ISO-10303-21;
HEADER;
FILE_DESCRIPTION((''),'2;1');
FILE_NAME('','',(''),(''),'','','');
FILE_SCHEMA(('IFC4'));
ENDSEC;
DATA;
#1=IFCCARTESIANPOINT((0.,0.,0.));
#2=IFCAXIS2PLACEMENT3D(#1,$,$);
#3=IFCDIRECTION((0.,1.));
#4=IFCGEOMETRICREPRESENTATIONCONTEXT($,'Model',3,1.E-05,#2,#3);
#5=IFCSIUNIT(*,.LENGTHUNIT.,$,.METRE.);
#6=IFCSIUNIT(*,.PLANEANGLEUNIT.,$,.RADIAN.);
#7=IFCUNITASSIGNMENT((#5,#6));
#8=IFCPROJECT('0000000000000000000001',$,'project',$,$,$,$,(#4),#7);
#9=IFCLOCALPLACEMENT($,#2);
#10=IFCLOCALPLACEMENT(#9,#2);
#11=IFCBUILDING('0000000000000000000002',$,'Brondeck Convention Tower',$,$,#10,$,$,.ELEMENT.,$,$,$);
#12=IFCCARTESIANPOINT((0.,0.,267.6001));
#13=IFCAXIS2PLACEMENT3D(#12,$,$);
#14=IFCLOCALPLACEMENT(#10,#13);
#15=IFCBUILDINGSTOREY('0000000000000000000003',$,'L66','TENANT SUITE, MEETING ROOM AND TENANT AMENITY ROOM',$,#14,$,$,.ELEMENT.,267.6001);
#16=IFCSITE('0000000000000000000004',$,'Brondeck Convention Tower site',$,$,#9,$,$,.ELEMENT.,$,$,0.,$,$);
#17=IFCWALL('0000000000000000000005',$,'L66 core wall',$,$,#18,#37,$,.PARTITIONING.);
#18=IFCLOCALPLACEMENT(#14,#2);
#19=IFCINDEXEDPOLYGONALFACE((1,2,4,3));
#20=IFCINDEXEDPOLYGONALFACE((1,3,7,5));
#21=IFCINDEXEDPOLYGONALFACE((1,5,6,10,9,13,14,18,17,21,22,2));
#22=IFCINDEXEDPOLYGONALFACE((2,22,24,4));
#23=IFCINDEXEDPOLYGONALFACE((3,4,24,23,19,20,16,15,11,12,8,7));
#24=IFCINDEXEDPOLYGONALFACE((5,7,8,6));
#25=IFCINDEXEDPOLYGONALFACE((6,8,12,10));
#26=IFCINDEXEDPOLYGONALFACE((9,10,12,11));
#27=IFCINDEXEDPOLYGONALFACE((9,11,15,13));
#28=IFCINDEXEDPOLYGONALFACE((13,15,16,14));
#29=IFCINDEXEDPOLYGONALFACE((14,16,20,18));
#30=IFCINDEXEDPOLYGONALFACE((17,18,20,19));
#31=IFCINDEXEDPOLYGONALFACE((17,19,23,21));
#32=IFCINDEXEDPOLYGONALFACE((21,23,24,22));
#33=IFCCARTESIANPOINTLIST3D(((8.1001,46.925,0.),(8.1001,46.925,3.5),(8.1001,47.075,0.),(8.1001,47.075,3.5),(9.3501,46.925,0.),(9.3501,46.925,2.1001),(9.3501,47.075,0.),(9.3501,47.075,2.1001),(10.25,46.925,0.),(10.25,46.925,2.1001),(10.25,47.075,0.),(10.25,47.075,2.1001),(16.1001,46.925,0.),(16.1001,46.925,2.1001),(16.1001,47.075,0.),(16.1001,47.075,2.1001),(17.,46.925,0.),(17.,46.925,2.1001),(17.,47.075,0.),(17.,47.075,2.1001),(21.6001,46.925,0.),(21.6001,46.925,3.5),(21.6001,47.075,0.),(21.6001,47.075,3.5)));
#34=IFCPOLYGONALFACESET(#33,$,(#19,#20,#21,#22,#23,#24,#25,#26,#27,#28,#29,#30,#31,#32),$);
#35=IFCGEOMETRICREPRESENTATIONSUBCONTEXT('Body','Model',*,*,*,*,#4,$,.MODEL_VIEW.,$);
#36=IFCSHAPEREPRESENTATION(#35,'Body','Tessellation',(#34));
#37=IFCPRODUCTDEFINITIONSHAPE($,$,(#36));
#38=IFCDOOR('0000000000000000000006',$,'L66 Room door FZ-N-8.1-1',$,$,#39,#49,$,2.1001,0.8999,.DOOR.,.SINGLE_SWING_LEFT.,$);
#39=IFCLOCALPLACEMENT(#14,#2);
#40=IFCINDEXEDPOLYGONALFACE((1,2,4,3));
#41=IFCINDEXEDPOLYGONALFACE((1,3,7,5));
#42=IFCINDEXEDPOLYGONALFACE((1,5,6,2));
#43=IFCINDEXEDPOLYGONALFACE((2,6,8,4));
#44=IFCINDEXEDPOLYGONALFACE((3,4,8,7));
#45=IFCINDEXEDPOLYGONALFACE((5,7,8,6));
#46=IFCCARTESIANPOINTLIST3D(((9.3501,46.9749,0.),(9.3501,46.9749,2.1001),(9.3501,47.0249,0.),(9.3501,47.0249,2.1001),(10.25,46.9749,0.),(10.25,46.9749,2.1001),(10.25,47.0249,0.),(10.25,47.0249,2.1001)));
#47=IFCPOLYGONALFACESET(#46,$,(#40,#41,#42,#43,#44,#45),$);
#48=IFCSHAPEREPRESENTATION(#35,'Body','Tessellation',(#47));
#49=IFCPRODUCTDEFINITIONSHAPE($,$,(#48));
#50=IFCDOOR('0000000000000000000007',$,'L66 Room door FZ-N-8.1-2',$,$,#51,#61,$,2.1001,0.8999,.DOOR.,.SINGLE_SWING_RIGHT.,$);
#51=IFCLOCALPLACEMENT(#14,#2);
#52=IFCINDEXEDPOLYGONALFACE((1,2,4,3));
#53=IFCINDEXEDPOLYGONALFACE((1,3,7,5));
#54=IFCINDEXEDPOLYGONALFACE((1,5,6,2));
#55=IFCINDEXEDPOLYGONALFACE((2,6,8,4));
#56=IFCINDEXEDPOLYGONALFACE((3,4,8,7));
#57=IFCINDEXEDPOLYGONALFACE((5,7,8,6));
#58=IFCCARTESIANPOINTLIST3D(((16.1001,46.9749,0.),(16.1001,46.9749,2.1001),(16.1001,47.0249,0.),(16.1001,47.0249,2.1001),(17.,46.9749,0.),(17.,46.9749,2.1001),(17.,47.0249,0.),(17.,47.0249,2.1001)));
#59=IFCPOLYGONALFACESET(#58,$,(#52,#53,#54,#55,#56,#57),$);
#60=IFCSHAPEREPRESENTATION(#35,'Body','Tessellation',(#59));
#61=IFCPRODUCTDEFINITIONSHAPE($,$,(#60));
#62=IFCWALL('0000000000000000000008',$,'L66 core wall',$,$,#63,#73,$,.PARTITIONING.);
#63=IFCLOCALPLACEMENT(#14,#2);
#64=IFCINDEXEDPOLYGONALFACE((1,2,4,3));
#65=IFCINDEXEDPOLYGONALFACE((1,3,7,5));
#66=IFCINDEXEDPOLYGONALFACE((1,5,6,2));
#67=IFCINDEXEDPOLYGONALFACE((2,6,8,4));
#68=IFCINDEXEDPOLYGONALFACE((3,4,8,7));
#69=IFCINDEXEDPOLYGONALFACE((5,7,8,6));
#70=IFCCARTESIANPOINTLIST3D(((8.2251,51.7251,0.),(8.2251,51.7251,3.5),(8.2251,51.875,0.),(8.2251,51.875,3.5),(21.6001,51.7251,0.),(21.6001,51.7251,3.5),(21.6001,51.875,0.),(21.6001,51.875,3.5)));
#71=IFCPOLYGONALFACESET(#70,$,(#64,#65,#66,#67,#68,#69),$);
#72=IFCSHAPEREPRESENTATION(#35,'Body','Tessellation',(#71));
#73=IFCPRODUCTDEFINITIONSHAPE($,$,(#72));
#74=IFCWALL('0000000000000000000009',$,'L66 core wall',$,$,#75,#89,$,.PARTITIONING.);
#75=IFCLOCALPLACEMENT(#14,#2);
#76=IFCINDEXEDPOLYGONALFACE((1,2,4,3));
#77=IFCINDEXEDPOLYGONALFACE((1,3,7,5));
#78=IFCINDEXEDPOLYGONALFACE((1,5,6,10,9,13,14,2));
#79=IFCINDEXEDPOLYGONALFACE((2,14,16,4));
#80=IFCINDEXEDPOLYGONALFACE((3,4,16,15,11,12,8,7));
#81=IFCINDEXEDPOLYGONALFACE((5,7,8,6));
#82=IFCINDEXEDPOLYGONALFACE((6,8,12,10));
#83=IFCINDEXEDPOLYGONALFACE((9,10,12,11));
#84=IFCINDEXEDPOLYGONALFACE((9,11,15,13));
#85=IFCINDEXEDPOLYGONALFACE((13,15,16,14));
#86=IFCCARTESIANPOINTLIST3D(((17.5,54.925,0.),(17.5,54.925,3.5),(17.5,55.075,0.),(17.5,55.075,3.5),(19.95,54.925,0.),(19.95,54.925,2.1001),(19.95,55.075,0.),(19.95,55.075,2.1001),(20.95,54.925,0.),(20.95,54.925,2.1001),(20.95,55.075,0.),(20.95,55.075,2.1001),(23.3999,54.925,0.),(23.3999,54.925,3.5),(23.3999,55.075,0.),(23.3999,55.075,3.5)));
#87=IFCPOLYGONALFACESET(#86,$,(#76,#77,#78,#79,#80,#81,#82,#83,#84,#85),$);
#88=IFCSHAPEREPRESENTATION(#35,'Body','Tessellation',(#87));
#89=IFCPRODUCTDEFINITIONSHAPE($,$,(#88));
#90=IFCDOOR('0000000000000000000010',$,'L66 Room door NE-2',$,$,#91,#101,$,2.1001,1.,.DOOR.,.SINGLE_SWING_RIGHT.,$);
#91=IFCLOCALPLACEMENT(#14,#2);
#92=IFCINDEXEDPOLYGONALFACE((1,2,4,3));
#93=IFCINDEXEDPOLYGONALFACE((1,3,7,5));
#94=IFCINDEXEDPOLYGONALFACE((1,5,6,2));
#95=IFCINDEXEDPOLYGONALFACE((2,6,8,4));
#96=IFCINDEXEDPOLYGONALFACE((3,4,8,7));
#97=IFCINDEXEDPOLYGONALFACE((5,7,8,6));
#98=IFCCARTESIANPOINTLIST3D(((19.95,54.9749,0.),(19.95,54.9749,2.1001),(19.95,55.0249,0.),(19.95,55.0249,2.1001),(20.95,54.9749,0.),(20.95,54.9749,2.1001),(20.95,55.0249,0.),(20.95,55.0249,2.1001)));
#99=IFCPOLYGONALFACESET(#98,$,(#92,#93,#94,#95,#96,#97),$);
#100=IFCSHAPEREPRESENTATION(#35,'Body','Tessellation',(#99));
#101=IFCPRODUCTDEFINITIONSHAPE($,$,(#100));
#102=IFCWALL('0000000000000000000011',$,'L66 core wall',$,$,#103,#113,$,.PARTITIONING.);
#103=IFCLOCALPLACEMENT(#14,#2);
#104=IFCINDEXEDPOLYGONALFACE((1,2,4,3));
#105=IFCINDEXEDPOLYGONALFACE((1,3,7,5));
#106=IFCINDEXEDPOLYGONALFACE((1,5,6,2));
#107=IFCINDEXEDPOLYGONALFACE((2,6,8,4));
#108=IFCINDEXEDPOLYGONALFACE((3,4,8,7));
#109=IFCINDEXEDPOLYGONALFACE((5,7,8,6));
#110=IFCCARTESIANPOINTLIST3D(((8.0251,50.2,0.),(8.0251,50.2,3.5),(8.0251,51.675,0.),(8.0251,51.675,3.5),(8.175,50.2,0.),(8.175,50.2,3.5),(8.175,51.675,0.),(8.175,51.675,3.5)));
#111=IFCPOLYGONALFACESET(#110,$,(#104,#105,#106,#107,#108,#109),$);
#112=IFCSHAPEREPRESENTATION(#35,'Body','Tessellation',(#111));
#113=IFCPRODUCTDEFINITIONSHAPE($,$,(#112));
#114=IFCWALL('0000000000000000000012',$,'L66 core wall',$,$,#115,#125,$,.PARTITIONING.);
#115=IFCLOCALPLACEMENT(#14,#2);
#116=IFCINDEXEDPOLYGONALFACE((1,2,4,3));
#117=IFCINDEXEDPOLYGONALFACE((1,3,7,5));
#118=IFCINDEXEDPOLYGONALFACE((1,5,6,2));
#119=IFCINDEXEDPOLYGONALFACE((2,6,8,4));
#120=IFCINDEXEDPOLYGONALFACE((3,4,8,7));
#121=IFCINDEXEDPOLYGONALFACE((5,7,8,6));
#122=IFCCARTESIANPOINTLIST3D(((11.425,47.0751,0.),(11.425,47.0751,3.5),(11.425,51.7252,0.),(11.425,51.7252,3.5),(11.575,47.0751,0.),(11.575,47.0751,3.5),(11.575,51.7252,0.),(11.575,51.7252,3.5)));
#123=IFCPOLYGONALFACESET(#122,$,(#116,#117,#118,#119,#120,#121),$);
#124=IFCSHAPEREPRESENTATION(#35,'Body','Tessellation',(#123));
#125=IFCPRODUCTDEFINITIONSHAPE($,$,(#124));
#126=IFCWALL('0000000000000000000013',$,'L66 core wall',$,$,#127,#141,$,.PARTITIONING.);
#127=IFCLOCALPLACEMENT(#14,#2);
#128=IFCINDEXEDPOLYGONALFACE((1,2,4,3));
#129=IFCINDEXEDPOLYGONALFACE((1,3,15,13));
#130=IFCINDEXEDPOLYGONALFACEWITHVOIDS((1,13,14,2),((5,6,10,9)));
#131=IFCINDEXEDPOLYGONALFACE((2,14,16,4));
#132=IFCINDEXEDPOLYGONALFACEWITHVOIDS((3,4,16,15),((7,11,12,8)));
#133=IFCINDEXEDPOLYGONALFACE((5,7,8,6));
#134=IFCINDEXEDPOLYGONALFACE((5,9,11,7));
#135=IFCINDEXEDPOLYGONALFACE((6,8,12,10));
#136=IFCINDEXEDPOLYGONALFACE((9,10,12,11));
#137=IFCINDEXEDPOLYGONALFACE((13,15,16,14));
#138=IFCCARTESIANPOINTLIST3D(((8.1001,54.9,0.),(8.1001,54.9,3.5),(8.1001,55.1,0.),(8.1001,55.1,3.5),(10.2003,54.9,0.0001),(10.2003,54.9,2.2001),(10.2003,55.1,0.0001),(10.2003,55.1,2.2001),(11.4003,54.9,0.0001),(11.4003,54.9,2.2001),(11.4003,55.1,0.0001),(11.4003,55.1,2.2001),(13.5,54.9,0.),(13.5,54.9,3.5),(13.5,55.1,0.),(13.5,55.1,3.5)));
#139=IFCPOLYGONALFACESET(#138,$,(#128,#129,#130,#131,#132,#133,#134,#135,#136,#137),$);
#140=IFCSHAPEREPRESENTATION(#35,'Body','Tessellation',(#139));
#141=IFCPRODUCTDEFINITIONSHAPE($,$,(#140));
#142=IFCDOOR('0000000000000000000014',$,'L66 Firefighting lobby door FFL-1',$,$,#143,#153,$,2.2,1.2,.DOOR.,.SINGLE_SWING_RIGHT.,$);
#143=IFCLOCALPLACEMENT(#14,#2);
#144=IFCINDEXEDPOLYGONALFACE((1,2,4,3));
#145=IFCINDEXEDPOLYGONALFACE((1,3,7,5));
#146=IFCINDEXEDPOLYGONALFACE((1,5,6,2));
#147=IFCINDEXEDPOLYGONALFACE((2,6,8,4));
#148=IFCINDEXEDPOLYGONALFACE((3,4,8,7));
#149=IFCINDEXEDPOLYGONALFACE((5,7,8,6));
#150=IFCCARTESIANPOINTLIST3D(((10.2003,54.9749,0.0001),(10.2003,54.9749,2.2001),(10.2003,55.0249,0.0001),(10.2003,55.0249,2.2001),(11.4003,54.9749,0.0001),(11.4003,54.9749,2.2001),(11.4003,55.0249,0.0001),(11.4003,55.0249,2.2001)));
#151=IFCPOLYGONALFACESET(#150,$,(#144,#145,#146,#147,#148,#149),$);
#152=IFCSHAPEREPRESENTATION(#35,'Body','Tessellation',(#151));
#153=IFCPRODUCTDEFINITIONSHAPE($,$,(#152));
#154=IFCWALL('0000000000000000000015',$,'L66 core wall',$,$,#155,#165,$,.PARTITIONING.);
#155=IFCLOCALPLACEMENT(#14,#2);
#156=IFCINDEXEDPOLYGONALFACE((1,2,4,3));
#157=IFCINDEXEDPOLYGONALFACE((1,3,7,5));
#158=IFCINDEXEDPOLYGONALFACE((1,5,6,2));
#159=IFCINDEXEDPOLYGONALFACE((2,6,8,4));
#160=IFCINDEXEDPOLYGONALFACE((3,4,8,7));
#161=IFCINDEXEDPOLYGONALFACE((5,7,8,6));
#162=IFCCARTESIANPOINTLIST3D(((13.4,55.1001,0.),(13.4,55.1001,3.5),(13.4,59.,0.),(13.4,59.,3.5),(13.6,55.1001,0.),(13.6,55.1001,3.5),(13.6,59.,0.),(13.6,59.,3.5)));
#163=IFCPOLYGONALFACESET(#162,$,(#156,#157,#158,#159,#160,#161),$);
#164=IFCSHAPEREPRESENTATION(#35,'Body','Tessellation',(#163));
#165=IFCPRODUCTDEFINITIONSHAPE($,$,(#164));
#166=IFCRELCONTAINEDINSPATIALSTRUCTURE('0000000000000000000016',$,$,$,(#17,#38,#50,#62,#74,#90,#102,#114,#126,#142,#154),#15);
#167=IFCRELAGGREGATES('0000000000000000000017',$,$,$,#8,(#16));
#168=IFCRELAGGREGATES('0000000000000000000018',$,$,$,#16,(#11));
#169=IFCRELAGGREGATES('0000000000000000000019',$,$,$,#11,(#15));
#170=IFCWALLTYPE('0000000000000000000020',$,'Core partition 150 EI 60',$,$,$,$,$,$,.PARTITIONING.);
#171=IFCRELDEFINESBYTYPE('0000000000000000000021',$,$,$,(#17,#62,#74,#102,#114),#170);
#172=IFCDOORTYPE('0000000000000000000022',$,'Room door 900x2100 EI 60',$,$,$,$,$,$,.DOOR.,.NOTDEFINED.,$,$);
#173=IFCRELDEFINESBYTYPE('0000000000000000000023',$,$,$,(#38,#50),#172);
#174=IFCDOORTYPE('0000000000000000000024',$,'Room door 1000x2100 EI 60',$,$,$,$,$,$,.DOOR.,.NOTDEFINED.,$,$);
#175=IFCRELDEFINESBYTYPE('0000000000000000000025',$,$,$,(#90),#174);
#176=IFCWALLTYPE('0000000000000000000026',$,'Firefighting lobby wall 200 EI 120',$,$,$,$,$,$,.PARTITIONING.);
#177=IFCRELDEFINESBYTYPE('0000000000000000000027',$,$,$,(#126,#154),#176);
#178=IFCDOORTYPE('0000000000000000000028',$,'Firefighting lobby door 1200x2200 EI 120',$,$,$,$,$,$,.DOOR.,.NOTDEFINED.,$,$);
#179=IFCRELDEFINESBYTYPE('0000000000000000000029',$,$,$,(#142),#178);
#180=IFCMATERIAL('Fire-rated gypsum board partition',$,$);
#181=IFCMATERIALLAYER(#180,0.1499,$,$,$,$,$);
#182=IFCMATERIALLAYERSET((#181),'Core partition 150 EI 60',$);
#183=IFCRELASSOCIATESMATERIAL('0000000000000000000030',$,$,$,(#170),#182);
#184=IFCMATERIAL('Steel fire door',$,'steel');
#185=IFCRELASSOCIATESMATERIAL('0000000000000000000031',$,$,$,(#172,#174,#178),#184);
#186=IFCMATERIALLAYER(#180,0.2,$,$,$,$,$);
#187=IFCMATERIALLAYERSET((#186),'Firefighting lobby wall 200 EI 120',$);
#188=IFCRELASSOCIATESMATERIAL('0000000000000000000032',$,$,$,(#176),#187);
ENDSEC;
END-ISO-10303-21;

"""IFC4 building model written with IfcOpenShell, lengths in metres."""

from ifc_helpers import new_model, si_unit, direction, frame, frame_2d, origin, place, context, subcontext, project, spatial, rectangle, extrude, material, layer, layer_set, type_object, element, fill, save


model = new_model("IFC4")

# Units and contexts
model_context = context("Model", 3, precision=1e-05, world=origin(), true_north=direction((0.0, 1.0)))
body_context = subcontext(model_context, "Body", "Model", "MODEL_VIEW")
ifc_project = project(units=[si_unit("LENGTHUNIT", "METRE"), si_unit("PLANEANGLEUNIT", "RADIAN")], contexts=[model_context])

# Site, building, storey
site_placement = place(None, origin())
site = spatial("IfcSite", under=ifc_project, at=site_placement, Name="Brondeck Convention Tower site", CompositionType="ELEMENT", RefElevation=0.0)
building_placement = place(site_placement, origin())
building = spatial("IfcBuilding", under=site, at=building_placement, Name="Brondeck Convention Tower", CompositionType="ELEMENT")
storey_placement = place(building_placement, frame((0.0, 0.0, 267.6001)))
storey = spatial("IfcBuildingStorey", under=building, at=storey_placement, Name="L66", Description="TENANT SUITE, MEETING ROOM AND TENANT AMENITY ROOM", CompositionType="ELEMENT", Elevation=267.6001)

# Wall, openings, doors
ifc_material_1 = material(Name="Fire-rated gypsum board partition")
ifc_layer_1 = layer(ifc_material_1, 0.1499)
ifc_layer_set_1 = layer_set([ifc_layer_1], Name="Core partition 150 EI 60")
wall_type_1 = type_object("IfcWallType", Name="Core partition 150 EI 60", PredefinedType="PARTITIONING", material=ifc_layer_set_1)
wall_1_placement = place(storey_placement, frame((8.1001, 47.0, 0.0), z_axis=(0.0, 0.0, 1.0), x_axis=(1.0, 0.0, 0.0)))
wall_1 = element("IfcWall", 1, at=wall_1_placement, inside=storey, type_object=wall_type_1, Name="L66 core wall", PredefinedType="PARTITIONING", context=body_context, shape_type="SweptSolid", body=[
    extrude(rectangle(XDim=13.5, YDim=0.1499, at=frame_2d((6.75, 0.0))), origin(), (0.0, 0.0, 1.0), 3.5),
])
opening_1_placement = place(wall_1_placement, frame((1.25, 0.0, 0.0)))
opening_1 = element("IfcOpeningElement", 2, at=opening_1_placement, cuts=wall_1, PredefinedType="OPENING", context=body_context, shape_type="SweptSolid", body=[
    extrude(rectangle(XDim=0.8999, YDim=2.1001, at=frame_2d((0.45, 1.05))), frame((0.0, 0.085, 0.0), z_axis=(0.0, -1.0, 0.0), x_axis=(1.0, 0.0, 0.0)), (0.0, 0.0, 1.0), 0.1699),
])
opening_2_placement = place(wall_1_placement, frame((8.0, 0.0, 0.0)))
opening_2 = element("IfcOpeningElement", 3, at=opening_2_placement, cuts=wall_1, PredefinedType="OPENING", context=body_context, shape_type="SweptSolid", body=[
    extrude(rectangle(XDim=0.8999, YDim=2.1001, at=frame_2d((0.45, 1.05))), frame((0.0, 0.085, 0.0), z_axis=(0.0, -1.0, 0.0), x_axis=(1.0, 0.0, 0.0)), (0.0, 0.0, 1.0), 0.1699),
])
ifc_material_2 = material(Name="Steel fire door", Category="steel")
door_type_1 = type_object("IfcDoorType", Name="Room door 900x2100 EI 60", OperationType="NOTDEFINED", PredefinedType="DOOR", material=ifc_material_2)
door_1_placement = place(opening_1_placement, origin())
door_1 = element("IfcDoor", 4, at=door_1_placement, inside=storey, type_object=door_type_1, Name="L66 Room door FZ-N-8.1-1", OperationType="SINGLE_SWING_LEFT", OverallHeight=2.1001, OverallWidth=0.8999, PredefinedType="DOOR", context=body_context, shape_type="SweptSolid", body=[
    extrude(rectangle(XDim=0.8999, YDim=2.1001, at=frame_2d((0.45, 1.05))), frame((0.0, 0.0249, 0.0), z_axis=(0.0, -1.0, 0.0), x_axis=(1.0, 0.0, 0.0)), (0.0, 0.0, 1.0), 0.05),
])
fill(opening_1, door_1)
door_2_placement = place(opening_2_placement, origin())
door_2 = element("IfcDoor", 5, at=door_2_placement, inside=storey, type_object=door_type_1, Name="L66 Room door FZ-N-8.1-2", OperationType="SINGLE_SWING_RIGHT", OverallHeight=2.1001, OverallWidth=0.8999, PredefinedType="DOOR", context=body_context, shape_type="SweptSolid", body=[
    extrude(rectangle(XDim=0.8999, YDim=2.1001, at=frame_2d((0.45, 1.05))), frame((0.0, 0.0249, 0.0), z_axis=(0.0, -1.0, 0.0), x_axis=(1.0, 0.0, 0.0)), (0.0, 0.0, 1.0), 0.05),
])
fill(opening_2, door_2)

# Wall
wall_2_placement = place(storey_placement, frame((8.2251, 51.8, 0.0), z_axis=(0.0, 0.0, 1.0), x_axis=(1.0, 0.0, 0.0)))
element("IfcWall", 6, at=wall_2_placement, inside=storey, type_object=wall_type_1, Name="L66 core wall", PredefinedType="PARTITIONING", context=body_context, shape_type="SweptSolid", body=[
    extrude(rectangle(XDim=13.375, YDim=0.1499, at=frame_2d((6.6875, 0.0))), origin(), (0.0, 0.0, 1.0), 3.5),
])

# Wall, opening, door
wall_3_placement = place(storey_placement, frame((17.5, 55.0, 0.0), z_axis=(0.0, 0.0, 1.0), x_axis=(1.0, 0.0, 0.0)))
wall_3 = element("IfcWall", 7, at=wall_3_placement, inside=storey, type_object=wall_type_1, Name="L66 core wall", PredefinedType="PARTITIONING", context=body_context, shape_type="SweptSolid", body=[
    extrude(rectangle(XDim=5.8999, YDim=0.1499, at=frame_2d((2.95, 0.0))), origin(), (0.0, 0.0, 1.0), 3.5),
])
opening_3_placement = place(wall_3_placement, frame((2.45, 0.0, 0.0)))
opening_3 = element("IfcOpeningElement", 8, at=opening_3_placement, cuts=wall_3, PredefinedType="OPENING", context=body_context, shape_type="SweptSolid", body=[
    extrude(rectangle(XDim=1.0, YDim=2.1001, at=frame_2d((0.5, 1.05))), frame((0.0, 0.085, 0.0), z_axis=(0.0, -1.0, 0.0), x_axis=(1.0, 0.0, 0.0)), (0.0, 0.0, 1.0), 0.1699),
])
door_type_2 = type_object("IfcDoorType", Name="Room door 1000x2100 EI 60", OperationType="NOTDEFINED", PredefinedType="DOOR", material=ifc_material_2)
door_3_placement = place(opening_3_placement, origin())
door_3 = element("IfcDoor", 9, at=door_3_placement, inside=storey, type_object=door_type_2, Name="L66 Room door NE-2", OperationType="SINGLE_SWING_RIGHT", OverallHeight=2.1001, OverallWidth=1.0, PredefinedType="DOOR", context=body_context, shape_type="SweptSolid", body=[
    extrude(rectangle(XDim=1.0, YDim=2.1001, at=frame_2d((0.5, 1.05))), frame((0.0, 0.0249, 0.0), z_axis=(0.0, -1.0, 0.0), x_axis=(1.0, 0.0, 0.0)), (0.0, 0.0, 1.0), 0.05),
])
fill(opening_3, door_3)

# Walls
wall_4_placement = place(storey_placement, frame((8.1001, 50.2, 0.0), z_axis=(0.0, 0.0, 1.0), x_axis=(0.0, 1.0, 0.0)))
element("IfcWall", 10, at=wall_4_placement, inside=storey, type_object=wall_type_1, Name="L66 core wall", PredefinedType="PARTITIONING", context=body_context, shape_type="SweptSolid", body=[
    extrude(rectangle(XDim=1.4751, YDim=0.1499, at=frame_2d((0.7375, 0.0))), origin(), (0.0, 0.0, 1.0), 3.5),
])
wall_5_placement = place(storey_placement, frame((11.5, 47.075, 0.0), z_axis=(0.0, 0.0, 1.0), x_axis=(0.0, 1.0, 0.0)))
element("IfcWall", 11, at=wall_5_placement, inside=storey, type_object=wall_type_1, Name="L66 core wall", PredefinedType="PARTITIONING", context=body_context, shape_type="SweptSolid", body=[
    extrude(rectangle(XDim=4.6501, YDim=0.1499, at=frame_2d((2.3252, 0.0))), origin(), (0.0, 0.0, 1.0), 3.5),
])

# Wall, opening, door
ifc_layer_2 = layer(ifc_material_1, 0.2)
ifc_layer_set_2 = layer_set([ifc_layer_2], Name="Firefighting lobby wall 200 EI 120")
wall_type_2 = type_object("IfcWallType", Name="Firefighting lobby wall 200 EI 120", PredefinedType="PARTITIONING", material=ifc_layer_set_2)
wall_6_placement = place(storey_placement, frame((8.1001, 55.0, 0.0), z_axis=(0.0, 0.0, 1.0), x_axis=(1.0, 0.0, 0.0)))
wall_6 = element("IfcWall", 12, at=wall_6_placement, inside=storey, type_object=wall_type_2, Name="L66 core wall", PredefinedType="PARTITIONING", context=body_context, shape_type="SweptSolid", body=[
    extrude(rectangle(XDim=5.3999, YDim=0.2, at=frame_2d((2.7, 0.0))), origin(), (0.0, 0.0, 1.0), 3.5),
])
opening_4_placement = place(wall_6_placement, frame((2.1001, 0.0, 0.0)))
opening_4 = element("IfcOpeningElement", 13, at=opening_4_placement, cuts=wall_6, PredefinedType="OPENING", context=body_context, shape_type="SweptSolid", body=[
    extrude(rectangle(XDim=1.2, YDim=2.2, at=frame_2d((0.6001, 1.1001))), frame((0.0, 0.1099, 0.0), z_axis=(0.0, -1.0, 0.0), x_axis=(1.0, 0.0, 0.0)), (0.0, 0.0, 1.0), 0.22),
])
door_type_3 = type_object("IfcDoorType", Name="Firefighting lobby door 1200x2200 EI 120", OperationType="NOTDEFINED", PredefinedType="DOOR", material=ifc_material_2)
door_4_placement = place(opening_4_placement, origin())
door_4 = element("IfcDoor", 14, at=door_4_placement, inside=storey, type_object=door_type_3, Name="L66 Firefighting lobby door FFL-1", OperationType="SINGLE_SWING_RIGHT", OverallHeight=2.2, OverallWidth=1.2, PredefinedType="DOOR", context=body_context, shape_type="SweptSolid", body=[
    extrude(rectangle(XDim=1.2, YDim=2.2, at=frame_2d((0.6001, 1.1001))), frame((0.0, 0.0249, 0.0), z_axis=(0.0, -1.0, 0.0), x_axis=(1.0, 0.0, 0.0)), (0.0, 0.0, 1.0), 0.05),
])
fill(opening_4, door_4)

# Wall
wall_7_placement = place(storey_placement, frame((13.5, 55.1001, 0.0), z_axis=(0.0, 0.0, 1.0), x_axis=(0.0, 1.0, 0.0)))
element("IfcWall", 15, at=wall_7_placement, inside=storey, type_object=wall_type_2, Name="L66 core wall", PredefinedType="PARTITIONING", context=body_context, shape_type="SweptSolid", body=[
    extrude(rectangle(XDim=3.8999, YDim=0.2, at=frame_2d((1.95, 0.0))), origin(), (0.0, 0.0, 1.0), 3.5),
])

save(model, "model.ifc")
